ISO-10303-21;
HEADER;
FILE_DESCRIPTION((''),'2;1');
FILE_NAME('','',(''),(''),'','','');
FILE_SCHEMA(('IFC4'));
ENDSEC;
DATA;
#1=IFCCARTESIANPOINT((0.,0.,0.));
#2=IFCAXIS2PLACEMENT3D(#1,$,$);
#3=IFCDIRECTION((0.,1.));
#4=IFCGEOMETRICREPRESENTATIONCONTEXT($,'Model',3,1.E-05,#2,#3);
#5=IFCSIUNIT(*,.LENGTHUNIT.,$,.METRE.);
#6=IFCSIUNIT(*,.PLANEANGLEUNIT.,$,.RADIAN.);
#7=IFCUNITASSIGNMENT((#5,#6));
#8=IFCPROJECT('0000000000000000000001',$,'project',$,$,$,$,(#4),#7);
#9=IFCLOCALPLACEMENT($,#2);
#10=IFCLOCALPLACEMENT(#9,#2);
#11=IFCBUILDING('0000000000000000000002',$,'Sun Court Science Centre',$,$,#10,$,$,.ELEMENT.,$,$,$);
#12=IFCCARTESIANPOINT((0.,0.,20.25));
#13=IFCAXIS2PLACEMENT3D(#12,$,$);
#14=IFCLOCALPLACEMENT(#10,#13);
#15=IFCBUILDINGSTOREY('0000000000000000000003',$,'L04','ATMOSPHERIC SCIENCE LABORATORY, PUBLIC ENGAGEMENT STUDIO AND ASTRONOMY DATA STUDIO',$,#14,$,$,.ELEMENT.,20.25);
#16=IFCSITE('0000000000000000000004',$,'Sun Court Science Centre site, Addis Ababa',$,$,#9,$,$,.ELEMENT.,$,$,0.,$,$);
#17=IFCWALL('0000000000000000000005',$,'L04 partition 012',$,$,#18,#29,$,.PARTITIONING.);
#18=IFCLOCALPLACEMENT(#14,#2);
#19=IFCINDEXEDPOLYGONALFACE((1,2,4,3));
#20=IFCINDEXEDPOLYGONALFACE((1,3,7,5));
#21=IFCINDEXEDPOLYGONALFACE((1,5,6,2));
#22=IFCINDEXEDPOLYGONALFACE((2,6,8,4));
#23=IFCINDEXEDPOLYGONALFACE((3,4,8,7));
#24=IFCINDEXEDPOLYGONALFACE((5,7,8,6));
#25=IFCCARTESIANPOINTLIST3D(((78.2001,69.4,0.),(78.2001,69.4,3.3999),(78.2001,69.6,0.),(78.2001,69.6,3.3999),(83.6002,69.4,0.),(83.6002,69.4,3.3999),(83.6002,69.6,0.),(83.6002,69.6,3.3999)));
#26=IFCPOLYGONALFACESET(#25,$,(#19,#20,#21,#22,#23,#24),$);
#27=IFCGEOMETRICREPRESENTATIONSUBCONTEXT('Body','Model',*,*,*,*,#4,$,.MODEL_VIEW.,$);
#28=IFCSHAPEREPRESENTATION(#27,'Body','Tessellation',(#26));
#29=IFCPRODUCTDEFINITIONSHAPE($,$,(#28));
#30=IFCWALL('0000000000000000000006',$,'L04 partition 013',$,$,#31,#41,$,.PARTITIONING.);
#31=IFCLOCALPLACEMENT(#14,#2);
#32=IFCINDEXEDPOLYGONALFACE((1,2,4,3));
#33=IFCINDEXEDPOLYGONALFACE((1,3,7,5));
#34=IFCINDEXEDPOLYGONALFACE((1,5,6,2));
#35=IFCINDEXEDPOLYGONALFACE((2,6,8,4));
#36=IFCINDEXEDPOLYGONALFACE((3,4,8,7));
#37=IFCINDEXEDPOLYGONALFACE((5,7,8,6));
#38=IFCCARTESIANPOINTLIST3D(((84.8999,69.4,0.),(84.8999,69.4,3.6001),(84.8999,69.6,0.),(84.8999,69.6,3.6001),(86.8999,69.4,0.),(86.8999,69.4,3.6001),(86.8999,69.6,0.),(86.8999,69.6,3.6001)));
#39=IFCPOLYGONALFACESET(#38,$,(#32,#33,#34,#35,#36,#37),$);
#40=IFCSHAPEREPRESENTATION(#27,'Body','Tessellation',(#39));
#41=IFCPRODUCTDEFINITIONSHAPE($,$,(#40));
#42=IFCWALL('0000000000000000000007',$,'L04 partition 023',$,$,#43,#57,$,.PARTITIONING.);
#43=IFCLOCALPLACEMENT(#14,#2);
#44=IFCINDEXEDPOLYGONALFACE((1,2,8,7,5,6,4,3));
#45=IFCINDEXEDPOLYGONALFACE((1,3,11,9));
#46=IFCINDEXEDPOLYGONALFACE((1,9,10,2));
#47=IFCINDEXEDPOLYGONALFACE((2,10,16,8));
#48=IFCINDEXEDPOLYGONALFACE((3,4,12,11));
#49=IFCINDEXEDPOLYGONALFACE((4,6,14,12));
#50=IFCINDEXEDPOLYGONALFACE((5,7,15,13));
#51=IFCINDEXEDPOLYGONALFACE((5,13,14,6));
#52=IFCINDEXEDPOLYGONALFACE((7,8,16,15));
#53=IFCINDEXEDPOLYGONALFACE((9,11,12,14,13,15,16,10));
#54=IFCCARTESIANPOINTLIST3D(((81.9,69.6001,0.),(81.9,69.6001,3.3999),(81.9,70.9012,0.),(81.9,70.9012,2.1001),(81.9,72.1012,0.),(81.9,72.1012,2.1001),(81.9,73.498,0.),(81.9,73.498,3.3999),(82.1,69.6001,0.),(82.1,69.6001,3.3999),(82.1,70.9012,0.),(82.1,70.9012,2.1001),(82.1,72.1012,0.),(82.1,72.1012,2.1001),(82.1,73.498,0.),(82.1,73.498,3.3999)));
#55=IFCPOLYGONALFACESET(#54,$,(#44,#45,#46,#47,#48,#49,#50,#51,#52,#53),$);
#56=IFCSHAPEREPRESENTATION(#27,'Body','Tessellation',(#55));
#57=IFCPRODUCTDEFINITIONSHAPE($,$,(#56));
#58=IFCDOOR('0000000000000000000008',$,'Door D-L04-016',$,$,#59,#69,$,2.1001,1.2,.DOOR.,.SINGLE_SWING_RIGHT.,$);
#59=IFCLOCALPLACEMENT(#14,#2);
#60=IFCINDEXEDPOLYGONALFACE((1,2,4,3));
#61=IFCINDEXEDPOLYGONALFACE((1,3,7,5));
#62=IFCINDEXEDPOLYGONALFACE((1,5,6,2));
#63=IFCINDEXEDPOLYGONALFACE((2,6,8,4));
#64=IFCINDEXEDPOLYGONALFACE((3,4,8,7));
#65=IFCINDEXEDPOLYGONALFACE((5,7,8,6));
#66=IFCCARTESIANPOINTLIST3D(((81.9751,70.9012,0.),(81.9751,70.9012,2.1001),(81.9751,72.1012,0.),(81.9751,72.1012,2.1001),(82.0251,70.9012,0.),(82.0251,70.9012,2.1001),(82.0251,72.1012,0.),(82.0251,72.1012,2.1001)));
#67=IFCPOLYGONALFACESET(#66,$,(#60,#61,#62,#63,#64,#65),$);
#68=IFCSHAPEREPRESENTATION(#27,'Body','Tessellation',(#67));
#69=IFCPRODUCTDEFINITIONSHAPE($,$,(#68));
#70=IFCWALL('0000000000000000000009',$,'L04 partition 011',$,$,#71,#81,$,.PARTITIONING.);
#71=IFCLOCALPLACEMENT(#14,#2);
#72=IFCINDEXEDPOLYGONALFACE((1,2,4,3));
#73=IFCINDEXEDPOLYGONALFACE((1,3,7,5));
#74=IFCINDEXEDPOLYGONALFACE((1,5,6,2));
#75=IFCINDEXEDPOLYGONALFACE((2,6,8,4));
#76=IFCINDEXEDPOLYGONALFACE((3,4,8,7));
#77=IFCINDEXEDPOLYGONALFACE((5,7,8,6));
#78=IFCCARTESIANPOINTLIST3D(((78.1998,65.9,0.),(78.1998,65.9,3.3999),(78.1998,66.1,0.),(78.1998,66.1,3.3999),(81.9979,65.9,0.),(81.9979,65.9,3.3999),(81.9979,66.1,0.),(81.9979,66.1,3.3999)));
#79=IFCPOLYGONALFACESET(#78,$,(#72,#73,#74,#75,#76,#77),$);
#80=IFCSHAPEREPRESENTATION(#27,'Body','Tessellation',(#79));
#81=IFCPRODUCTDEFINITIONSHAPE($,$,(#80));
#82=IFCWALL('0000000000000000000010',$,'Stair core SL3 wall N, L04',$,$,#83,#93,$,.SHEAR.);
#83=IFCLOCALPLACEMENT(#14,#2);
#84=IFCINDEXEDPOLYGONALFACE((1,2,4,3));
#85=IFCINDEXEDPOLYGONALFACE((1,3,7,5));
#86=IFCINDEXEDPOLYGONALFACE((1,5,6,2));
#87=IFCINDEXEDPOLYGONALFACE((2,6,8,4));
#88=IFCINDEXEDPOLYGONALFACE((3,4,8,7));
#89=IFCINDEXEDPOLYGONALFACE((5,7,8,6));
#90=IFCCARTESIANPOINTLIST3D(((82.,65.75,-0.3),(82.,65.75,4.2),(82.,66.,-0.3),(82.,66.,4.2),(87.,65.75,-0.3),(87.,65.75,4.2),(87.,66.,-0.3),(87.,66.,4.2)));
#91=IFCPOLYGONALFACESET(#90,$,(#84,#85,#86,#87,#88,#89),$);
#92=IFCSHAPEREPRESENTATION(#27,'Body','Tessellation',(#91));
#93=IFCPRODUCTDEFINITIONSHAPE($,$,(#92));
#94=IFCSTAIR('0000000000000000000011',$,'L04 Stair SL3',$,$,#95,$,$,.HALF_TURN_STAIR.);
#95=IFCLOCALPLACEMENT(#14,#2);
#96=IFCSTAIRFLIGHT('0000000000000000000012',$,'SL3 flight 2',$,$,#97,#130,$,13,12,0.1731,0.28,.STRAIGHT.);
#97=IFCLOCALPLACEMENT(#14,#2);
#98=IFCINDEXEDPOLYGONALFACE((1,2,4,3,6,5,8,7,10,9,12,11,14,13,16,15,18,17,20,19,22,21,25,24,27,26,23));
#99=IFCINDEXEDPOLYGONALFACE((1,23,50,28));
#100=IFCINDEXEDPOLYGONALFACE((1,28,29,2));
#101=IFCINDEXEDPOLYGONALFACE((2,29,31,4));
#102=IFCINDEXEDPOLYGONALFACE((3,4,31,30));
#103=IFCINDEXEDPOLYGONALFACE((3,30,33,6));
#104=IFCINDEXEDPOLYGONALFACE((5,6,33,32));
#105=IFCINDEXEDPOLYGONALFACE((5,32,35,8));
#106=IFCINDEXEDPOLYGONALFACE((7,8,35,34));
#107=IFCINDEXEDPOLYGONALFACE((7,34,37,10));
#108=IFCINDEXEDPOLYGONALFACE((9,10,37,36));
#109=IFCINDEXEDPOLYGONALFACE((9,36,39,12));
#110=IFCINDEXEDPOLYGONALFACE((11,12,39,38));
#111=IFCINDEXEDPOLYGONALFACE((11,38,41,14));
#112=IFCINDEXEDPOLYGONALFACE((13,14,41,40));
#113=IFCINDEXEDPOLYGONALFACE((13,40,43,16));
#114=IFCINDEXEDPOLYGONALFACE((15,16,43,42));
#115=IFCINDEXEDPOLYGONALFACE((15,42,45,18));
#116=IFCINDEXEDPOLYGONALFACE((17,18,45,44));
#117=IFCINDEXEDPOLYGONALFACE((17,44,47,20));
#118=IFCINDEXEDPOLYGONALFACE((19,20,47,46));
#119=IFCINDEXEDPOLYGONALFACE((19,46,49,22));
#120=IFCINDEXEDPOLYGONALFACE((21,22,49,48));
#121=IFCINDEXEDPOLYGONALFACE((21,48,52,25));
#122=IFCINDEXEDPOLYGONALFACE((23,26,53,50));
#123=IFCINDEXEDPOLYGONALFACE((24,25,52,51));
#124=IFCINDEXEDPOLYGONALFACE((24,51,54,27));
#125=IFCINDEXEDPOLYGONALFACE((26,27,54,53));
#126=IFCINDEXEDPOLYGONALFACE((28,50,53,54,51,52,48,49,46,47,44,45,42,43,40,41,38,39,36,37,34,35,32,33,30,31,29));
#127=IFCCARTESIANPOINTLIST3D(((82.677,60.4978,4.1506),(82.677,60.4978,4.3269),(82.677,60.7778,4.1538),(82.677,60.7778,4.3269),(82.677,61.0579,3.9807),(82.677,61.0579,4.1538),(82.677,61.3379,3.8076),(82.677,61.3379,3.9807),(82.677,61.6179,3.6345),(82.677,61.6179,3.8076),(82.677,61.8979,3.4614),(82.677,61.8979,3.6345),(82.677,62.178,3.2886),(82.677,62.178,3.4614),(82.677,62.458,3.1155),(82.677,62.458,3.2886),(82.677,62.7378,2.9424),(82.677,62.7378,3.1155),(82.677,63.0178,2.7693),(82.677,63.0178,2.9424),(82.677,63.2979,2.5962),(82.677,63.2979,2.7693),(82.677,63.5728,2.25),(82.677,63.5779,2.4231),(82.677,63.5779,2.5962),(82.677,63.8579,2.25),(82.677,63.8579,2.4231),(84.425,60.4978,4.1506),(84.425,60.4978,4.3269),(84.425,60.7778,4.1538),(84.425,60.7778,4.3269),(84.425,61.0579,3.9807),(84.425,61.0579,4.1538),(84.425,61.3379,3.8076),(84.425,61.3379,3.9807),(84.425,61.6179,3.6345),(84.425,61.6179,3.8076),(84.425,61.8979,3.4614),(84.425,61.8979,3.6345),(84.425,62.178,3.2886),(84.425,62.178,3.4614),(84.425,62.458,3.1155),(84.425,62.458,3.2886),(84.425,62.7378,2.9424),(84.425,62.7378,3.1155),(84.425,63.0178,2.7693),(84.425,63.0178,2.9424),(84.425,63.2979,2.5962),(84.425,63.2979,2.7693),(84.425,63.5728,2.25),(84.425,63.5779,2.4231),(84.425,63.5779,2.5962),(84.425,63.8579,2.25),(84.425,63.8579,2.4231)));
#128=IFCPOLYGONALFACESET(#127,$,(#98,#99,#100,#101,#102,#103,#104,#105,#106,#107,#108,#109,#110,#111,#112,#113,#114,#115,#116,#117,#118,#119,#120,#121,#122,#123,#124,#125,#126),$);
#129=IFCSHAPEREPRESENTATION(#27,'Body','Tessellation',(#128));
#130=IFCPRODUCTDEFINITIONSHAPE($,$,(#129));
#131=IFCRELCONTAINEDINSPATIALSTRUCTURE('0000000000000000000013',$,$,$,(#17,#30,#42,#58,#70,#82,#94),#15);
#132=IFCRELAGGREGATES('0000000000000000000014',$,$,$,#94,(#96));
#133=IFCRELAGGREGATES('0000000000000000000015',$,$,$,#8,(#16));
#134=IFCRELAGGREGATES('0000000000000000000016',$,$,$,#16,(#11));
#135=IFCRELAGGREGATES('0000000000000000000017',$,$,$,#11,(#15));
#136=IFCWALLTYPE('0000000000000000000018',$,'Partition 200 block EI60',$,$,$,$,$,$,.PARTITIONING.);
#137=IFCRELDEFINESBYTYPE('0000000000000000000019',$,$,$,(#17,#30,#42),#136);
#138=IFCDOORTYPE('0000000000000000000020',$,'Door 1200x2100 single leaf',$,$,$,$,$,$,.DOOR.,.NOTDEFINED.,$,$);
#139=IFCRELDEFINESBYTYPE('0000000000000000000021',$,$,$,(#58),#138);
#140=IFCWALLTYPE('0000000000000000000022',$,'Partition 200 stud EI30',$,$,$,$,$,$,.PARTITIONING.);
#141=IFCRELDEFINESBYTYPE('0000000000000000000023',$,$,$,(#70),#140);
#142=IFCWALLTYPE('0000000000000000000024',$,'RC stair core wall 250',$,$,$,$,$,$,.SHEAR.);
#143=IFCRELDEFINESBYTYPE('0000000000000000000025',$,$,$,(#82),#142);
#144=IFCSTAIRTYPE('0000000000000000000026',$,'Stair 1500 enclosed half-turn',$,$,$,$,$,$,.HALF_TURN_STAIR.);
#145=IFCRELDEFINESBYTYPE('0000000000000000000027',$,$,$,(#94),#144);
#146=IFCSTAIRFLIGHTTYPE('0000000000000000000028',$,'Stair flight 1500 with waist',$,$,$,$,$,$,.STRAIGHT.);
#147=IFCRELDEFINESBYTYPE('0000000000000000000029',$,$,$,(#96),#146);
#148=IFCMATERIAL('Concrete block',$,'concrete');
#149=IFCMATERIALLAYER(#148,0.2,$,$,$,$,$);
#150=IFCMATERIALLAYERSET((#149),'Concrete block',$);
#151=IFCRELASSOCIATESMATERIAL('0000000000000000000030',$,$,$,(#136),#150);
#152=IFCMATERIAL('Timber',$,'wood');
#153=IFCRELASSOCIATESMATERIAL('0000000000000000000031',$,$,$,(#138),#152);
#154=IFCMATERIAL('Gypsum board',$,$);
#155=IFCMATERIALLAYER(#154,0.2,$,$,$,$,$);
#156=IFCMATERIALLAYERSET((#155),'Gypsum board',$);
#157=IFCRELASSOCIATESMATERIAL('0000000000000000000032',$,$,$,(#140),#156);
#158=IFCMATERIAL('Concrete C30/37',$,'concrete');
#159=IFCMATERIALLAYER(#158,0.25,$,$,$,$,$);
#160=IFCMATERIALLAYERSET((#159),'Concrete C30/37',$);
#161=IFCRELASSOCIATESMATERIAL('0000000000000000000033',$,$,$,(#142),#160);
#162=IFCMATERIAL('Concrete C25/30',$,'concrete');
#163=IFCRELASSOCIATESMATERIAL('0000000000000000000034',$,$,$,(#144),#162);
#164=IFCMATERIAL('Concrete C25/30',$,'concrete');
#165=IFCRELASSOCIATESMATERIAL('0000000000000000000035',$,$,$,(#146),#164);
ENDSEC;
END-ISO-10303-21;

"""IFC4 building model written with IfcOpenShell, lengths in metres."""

from ifc_helpers import new_model, si_unit, direction, frame, frame_2d, origin, place, context, subcontext, project, spatial, polyline, rectangle, outline, extrude, material, layer, layer_set, type_object, element, fill, aggregate, save


model = new_model("IFC4")

# Units and contexts
model_context = context("Model", 3, precision=1e-05, world=origin(), true_north=direction((0.0, 1.0)))
body_context = subcontext(model_context, "Body", "Model", "MODEL_VIEW")
ifc_project = project(units=[si_unit("LENGTHUNIT", "METRE"), si_unit("PLANEANGLEUNIT", "RADIAN")], contexts=[model_context])

# Site, building, storey
site_placement = place(None, origin())
site = spatial("IfcSite", under=ifc_project, at=site_placement, Name="Sun Court Science Centre site, Addis Ababa", CompositionType="ELEMENT", RefElevation=0.0)
building_placement = place(site_placement, origin())
building = spatial("IfcBuilding", under=site, at=building_placement, Name="Sun Court Science Centre", CompositionType="ELEMENT")
storey_placement = place(building_placement, frame((0.0, 0.0, 20.25)))
storey = spatial("IfcBuildingStorey", under=building, at=storey_placement, Name="L04", Description="ATMOSPHERIC SCIENCE LABORATORY, PUBLIC ENGAGEMENT STUDIO AND ASTRONOMY DATA STUDIO", CompositionType="ELEMENT", Elevation=20.25)

# Walls
ifc_material_1 = material(Name="Concrete block", Category="concrete")
ifc_layer_1 = layer(ifc_material_1, 0.2)
ifc_layer_set_1 = layer_set([ifc_layer_1], Name="Concrete block")
wall_type_1 = type_object("IfcWallType", Name="Partition 200 block EI60", PredefinedType="PARTITIONING", material=ifc_layer_set_1)
wall_1_placement = place(storey_placement, frame((78.2, 69.5, 0.0), z_axis=(0.0, 0.0, 1.0), x_axis=(1.0, 0.0, 0.0)))
element("IfcWall", 1, at=wall_1_placement, inside=storey, type_object=wall_type_1, Name="L04 partition 012", PredefinedType="PARTITIONING", context=body_context, shape_type="SweptSolid", body=[
    extrude(rectangle(XDim=5.4001, YDim=0.2, at=frame_2d((2.7002, 0.0))), origin(), (0.0, 0.0, 1.0), 3.3999),
])
wall_2_placement = place(storey_placement, frame((84.8999, 69.5, 0.0), z_axis=(0.0, 0.0, 1.0), x_axis=(1.0, 0.0, 0.0)))
element("IfcWall", 2, at=wall_2_placement, inside=storey, type_object=wall_type_1, Name="L04 partition 013", PredefinedType="PARTITIONING", context=body_context, shape_type="SweptSolid", body=[
    extrude(rectangle(XDim=2.0, YDim=0.2, at=frame_2d((1.0, 0.0))), origin(), (0.0, 0.0, 1.0), 3.6001),
])

# Wall, opening, door
wall_3_placement = place(storey_placement, frame((82.0, 69.6001, 0.0), z_axis=(0.0, 0.0, 1.0), x_axis=(0.0, 1.0, 0.0)))
wall_3 = element("IfcWall", 3, at=wall_3_placement, inside=storey, type_object=wall_type_1, Name="L04 partition 023", PredefinedType="PARTITIONING", context=body_context, shape_type="SweptSolid", body=[
    extrude(rectangle(XDim=3.8979, YDim=0.2, at=frame_2d((1.949, 0.0))), origin(), (0.0, 0.0, 1.0), 3.3999),
])
opening_placement = place(wall_3_placement, frame((1.301, 0.0, 0.0)))
opening = element("IfcOpeningElement", 4, at=opening_placement, cuts=wall_3, PredefinedType="OPENING", context=body_context, shape_type="SweptSolid", body=[
    extrude(rectangle(XDim=1.2, YDim=2.1001, at=frame_2d((0.6001, 1.05))), frame((0.0, 0.1099, 0.0), z_axis=(0.0, -1.0, 0.0), x_axis=(1.0, 0.0, 0.0)), (0.0, 0.0, 1.0), 0.22),
])
ifc_material_2 = material(Name="Timber", Category="wood")
door_type = type_object("IfcDoorType", Name="Door 1200x2100 single leaf", OperationType="NOTDEFINED", PredefinedType="DOOR", material=ifc_material_2)
door_placement = place(opening_placement, origin())
door = element("IfcDoor", 5, at=door_placement, inside=storey, type_object=door_type, Name="Door D-L04-016", OperationType="SINGLE_SWING_RIGHT", OverallHeight=2.1001, OverallWidth=1.2, PredefinedType="DOOR", context=body_context, shape_type="SweptSolid", body=[
    extrude(rectangle(XDim=1.2, YDim=2.1001, at=frame_2d((0.6001, 1.05))), frame((0.0, 0.0249, 0.0), z_axis=(0.0, -1.0, 0.0), x_axis=(1.0, 0.0, 0.0)), (0.0, 0.0, 1.0), 0.05),
])
fill(opening, door)

# Walls
ifc_material_3 = material(Name="Gypsum board")
ifc_layer_2 = layer(ifc_material_3, 0.2)
ifc_layer_set_2 = layer_set([ifc_layer_2], Name="Gypsum board")
wall_type_2 = type_object("IfcWallType", Name="Partition 200 stud EI30", PredefinedType="PARTITIONING", material=ifc_layer_set_2)
wall_4_placement = place(storey_placement, frame((78.2, 66.0, 0.0), z_axis=(0.0, 0.0, 1.0), x_axis=(1.0, 0.0, 0.0)))
element("IfcWall", 6, at=wall_4_placement, inside=storey, type_object=wall_type_2, Name="L04 partition 011", PredefinedType="PARTITIONING", context=body_context, shape_type="SweptSolid", body=[
    extrude(rectangle(XDim=3.7981, YDim=0.2, at=frame_2d((1.8989, 0.0))), origin(), (0.0, 0.0, 1.0), 3.3999),
])
ifc_material_4 = material(Name="Concrete C30/37", Category="concrete")
ifc_layer_3 = layer(ifc_material_4, 0.25)
ifc_layer_set_3 = layer_set([ifc_layer_3], Name="Concrete C30/37")
wall_type_3 = type_object("IfcWallType", Name="RC stair core wall 250", PredefinedType="SHEAR", material=ifc_layer_set_3)
wall_5_placement = place(storey_placement, frame((82.0, 65.875, -0.3), z_axis=(0.0, 0.0, 1.0), x_axis=(1.0, 0.0, 0.0)))
element("IfcWall", 7, at=wall_5_placement, inside=storey, type_object=wall_type_3, Name="Stair core SL3 wall N, L04", PredefinedType="SHEAR", context=body_context, shape_type="SweptSolid", body=[
    extrude(rectangle(XDim=5.0, YDim=0.25, at=frame_2d((2.5, 0.0))), origin(), (0.0, 0.0, 1.0), 4.5),
])

# Stair, stair flight
ifc_material_5 = material(Name="Concrete C25/30", Category="concrete")
stair_type = type_object("IfcStairType", Name="Stair 1500 enclosed half-turn", PredefinedType="HALF_TURN_STAIR", material=ifc_material_5)
stair_placement = place(storey_placement, origin())
stair = element("IfcStair", 8, at=stair_placement, inside=storey, type_object=stair_type, Name="L04 Stair SL3", PredefinedType="HALF_TURN_STAIR")
ifc_material_6 = material(Name="Concrete C25/30", Category="concrete")
stair_flight_type = type_object("IfcStairFlightType", Name="Stair flight 1500 with waist", PredefinedType="STRAIGHT", material=ifc_material_6)
stair_flight_placement = place(storey_placement, frame((83.551, 63.8579, 2.25), z_axis=(0.0, 0.0, 1.0), x_axis=(0.0, -1.0, 0.0)))
stair_flight = element("IfcStairFlight", 9, at=stair_flight_placement, type_object=stair_flight_type, Name="SL3 flight 2", NumberOfRisers=13, NumberOfTreads=12, PredefinedType="STRAIGHT", RiserHeight=0.1731, TreadLength=0.28, context=body_context, shape_type="SweptSolid", body=[
    extrude(outline(polyline([(0.0, 0.0), (0.0, 0.1731), (0.28, 0.1731), (0.28, 0.3462), (0.5601, 0.3462), (0.5601, 0.5193), (0.8401, 0.5193), (0.8401, 0.6924), (1.1201, 0.6924), (1.1201, 0.8655), (1.3999, 0.8655), (1.3999, 1.0386), (1.6799, 1.0386), (1.6799, 1.2114), (1.96, 1.2114), (1.96, 1.3845), (2.24, 1.3845), (2.24, 1.5576), (2.52, 1.5576), (2.52, 1.7307), (2.8, 1.7307), (2.8, 1.9038), (3.0801, 1.9038), (3.0801, 2.0769), (3.3601, 2.0769), (3.3601, 2.25), (3.3601, 1.9006), (0.2852, 0.0), (0.0, 0.0)])), frame((0.0, 0.874, 0.0), z_axis=(0.0, -1.0, 0.0), x_axis=(1.0, 0.0, 0.0)), (0.0, 0.0, 1.0), 1.748),
])
aggregate(stair, [stair_flight])

save(model, "model.ifc")
